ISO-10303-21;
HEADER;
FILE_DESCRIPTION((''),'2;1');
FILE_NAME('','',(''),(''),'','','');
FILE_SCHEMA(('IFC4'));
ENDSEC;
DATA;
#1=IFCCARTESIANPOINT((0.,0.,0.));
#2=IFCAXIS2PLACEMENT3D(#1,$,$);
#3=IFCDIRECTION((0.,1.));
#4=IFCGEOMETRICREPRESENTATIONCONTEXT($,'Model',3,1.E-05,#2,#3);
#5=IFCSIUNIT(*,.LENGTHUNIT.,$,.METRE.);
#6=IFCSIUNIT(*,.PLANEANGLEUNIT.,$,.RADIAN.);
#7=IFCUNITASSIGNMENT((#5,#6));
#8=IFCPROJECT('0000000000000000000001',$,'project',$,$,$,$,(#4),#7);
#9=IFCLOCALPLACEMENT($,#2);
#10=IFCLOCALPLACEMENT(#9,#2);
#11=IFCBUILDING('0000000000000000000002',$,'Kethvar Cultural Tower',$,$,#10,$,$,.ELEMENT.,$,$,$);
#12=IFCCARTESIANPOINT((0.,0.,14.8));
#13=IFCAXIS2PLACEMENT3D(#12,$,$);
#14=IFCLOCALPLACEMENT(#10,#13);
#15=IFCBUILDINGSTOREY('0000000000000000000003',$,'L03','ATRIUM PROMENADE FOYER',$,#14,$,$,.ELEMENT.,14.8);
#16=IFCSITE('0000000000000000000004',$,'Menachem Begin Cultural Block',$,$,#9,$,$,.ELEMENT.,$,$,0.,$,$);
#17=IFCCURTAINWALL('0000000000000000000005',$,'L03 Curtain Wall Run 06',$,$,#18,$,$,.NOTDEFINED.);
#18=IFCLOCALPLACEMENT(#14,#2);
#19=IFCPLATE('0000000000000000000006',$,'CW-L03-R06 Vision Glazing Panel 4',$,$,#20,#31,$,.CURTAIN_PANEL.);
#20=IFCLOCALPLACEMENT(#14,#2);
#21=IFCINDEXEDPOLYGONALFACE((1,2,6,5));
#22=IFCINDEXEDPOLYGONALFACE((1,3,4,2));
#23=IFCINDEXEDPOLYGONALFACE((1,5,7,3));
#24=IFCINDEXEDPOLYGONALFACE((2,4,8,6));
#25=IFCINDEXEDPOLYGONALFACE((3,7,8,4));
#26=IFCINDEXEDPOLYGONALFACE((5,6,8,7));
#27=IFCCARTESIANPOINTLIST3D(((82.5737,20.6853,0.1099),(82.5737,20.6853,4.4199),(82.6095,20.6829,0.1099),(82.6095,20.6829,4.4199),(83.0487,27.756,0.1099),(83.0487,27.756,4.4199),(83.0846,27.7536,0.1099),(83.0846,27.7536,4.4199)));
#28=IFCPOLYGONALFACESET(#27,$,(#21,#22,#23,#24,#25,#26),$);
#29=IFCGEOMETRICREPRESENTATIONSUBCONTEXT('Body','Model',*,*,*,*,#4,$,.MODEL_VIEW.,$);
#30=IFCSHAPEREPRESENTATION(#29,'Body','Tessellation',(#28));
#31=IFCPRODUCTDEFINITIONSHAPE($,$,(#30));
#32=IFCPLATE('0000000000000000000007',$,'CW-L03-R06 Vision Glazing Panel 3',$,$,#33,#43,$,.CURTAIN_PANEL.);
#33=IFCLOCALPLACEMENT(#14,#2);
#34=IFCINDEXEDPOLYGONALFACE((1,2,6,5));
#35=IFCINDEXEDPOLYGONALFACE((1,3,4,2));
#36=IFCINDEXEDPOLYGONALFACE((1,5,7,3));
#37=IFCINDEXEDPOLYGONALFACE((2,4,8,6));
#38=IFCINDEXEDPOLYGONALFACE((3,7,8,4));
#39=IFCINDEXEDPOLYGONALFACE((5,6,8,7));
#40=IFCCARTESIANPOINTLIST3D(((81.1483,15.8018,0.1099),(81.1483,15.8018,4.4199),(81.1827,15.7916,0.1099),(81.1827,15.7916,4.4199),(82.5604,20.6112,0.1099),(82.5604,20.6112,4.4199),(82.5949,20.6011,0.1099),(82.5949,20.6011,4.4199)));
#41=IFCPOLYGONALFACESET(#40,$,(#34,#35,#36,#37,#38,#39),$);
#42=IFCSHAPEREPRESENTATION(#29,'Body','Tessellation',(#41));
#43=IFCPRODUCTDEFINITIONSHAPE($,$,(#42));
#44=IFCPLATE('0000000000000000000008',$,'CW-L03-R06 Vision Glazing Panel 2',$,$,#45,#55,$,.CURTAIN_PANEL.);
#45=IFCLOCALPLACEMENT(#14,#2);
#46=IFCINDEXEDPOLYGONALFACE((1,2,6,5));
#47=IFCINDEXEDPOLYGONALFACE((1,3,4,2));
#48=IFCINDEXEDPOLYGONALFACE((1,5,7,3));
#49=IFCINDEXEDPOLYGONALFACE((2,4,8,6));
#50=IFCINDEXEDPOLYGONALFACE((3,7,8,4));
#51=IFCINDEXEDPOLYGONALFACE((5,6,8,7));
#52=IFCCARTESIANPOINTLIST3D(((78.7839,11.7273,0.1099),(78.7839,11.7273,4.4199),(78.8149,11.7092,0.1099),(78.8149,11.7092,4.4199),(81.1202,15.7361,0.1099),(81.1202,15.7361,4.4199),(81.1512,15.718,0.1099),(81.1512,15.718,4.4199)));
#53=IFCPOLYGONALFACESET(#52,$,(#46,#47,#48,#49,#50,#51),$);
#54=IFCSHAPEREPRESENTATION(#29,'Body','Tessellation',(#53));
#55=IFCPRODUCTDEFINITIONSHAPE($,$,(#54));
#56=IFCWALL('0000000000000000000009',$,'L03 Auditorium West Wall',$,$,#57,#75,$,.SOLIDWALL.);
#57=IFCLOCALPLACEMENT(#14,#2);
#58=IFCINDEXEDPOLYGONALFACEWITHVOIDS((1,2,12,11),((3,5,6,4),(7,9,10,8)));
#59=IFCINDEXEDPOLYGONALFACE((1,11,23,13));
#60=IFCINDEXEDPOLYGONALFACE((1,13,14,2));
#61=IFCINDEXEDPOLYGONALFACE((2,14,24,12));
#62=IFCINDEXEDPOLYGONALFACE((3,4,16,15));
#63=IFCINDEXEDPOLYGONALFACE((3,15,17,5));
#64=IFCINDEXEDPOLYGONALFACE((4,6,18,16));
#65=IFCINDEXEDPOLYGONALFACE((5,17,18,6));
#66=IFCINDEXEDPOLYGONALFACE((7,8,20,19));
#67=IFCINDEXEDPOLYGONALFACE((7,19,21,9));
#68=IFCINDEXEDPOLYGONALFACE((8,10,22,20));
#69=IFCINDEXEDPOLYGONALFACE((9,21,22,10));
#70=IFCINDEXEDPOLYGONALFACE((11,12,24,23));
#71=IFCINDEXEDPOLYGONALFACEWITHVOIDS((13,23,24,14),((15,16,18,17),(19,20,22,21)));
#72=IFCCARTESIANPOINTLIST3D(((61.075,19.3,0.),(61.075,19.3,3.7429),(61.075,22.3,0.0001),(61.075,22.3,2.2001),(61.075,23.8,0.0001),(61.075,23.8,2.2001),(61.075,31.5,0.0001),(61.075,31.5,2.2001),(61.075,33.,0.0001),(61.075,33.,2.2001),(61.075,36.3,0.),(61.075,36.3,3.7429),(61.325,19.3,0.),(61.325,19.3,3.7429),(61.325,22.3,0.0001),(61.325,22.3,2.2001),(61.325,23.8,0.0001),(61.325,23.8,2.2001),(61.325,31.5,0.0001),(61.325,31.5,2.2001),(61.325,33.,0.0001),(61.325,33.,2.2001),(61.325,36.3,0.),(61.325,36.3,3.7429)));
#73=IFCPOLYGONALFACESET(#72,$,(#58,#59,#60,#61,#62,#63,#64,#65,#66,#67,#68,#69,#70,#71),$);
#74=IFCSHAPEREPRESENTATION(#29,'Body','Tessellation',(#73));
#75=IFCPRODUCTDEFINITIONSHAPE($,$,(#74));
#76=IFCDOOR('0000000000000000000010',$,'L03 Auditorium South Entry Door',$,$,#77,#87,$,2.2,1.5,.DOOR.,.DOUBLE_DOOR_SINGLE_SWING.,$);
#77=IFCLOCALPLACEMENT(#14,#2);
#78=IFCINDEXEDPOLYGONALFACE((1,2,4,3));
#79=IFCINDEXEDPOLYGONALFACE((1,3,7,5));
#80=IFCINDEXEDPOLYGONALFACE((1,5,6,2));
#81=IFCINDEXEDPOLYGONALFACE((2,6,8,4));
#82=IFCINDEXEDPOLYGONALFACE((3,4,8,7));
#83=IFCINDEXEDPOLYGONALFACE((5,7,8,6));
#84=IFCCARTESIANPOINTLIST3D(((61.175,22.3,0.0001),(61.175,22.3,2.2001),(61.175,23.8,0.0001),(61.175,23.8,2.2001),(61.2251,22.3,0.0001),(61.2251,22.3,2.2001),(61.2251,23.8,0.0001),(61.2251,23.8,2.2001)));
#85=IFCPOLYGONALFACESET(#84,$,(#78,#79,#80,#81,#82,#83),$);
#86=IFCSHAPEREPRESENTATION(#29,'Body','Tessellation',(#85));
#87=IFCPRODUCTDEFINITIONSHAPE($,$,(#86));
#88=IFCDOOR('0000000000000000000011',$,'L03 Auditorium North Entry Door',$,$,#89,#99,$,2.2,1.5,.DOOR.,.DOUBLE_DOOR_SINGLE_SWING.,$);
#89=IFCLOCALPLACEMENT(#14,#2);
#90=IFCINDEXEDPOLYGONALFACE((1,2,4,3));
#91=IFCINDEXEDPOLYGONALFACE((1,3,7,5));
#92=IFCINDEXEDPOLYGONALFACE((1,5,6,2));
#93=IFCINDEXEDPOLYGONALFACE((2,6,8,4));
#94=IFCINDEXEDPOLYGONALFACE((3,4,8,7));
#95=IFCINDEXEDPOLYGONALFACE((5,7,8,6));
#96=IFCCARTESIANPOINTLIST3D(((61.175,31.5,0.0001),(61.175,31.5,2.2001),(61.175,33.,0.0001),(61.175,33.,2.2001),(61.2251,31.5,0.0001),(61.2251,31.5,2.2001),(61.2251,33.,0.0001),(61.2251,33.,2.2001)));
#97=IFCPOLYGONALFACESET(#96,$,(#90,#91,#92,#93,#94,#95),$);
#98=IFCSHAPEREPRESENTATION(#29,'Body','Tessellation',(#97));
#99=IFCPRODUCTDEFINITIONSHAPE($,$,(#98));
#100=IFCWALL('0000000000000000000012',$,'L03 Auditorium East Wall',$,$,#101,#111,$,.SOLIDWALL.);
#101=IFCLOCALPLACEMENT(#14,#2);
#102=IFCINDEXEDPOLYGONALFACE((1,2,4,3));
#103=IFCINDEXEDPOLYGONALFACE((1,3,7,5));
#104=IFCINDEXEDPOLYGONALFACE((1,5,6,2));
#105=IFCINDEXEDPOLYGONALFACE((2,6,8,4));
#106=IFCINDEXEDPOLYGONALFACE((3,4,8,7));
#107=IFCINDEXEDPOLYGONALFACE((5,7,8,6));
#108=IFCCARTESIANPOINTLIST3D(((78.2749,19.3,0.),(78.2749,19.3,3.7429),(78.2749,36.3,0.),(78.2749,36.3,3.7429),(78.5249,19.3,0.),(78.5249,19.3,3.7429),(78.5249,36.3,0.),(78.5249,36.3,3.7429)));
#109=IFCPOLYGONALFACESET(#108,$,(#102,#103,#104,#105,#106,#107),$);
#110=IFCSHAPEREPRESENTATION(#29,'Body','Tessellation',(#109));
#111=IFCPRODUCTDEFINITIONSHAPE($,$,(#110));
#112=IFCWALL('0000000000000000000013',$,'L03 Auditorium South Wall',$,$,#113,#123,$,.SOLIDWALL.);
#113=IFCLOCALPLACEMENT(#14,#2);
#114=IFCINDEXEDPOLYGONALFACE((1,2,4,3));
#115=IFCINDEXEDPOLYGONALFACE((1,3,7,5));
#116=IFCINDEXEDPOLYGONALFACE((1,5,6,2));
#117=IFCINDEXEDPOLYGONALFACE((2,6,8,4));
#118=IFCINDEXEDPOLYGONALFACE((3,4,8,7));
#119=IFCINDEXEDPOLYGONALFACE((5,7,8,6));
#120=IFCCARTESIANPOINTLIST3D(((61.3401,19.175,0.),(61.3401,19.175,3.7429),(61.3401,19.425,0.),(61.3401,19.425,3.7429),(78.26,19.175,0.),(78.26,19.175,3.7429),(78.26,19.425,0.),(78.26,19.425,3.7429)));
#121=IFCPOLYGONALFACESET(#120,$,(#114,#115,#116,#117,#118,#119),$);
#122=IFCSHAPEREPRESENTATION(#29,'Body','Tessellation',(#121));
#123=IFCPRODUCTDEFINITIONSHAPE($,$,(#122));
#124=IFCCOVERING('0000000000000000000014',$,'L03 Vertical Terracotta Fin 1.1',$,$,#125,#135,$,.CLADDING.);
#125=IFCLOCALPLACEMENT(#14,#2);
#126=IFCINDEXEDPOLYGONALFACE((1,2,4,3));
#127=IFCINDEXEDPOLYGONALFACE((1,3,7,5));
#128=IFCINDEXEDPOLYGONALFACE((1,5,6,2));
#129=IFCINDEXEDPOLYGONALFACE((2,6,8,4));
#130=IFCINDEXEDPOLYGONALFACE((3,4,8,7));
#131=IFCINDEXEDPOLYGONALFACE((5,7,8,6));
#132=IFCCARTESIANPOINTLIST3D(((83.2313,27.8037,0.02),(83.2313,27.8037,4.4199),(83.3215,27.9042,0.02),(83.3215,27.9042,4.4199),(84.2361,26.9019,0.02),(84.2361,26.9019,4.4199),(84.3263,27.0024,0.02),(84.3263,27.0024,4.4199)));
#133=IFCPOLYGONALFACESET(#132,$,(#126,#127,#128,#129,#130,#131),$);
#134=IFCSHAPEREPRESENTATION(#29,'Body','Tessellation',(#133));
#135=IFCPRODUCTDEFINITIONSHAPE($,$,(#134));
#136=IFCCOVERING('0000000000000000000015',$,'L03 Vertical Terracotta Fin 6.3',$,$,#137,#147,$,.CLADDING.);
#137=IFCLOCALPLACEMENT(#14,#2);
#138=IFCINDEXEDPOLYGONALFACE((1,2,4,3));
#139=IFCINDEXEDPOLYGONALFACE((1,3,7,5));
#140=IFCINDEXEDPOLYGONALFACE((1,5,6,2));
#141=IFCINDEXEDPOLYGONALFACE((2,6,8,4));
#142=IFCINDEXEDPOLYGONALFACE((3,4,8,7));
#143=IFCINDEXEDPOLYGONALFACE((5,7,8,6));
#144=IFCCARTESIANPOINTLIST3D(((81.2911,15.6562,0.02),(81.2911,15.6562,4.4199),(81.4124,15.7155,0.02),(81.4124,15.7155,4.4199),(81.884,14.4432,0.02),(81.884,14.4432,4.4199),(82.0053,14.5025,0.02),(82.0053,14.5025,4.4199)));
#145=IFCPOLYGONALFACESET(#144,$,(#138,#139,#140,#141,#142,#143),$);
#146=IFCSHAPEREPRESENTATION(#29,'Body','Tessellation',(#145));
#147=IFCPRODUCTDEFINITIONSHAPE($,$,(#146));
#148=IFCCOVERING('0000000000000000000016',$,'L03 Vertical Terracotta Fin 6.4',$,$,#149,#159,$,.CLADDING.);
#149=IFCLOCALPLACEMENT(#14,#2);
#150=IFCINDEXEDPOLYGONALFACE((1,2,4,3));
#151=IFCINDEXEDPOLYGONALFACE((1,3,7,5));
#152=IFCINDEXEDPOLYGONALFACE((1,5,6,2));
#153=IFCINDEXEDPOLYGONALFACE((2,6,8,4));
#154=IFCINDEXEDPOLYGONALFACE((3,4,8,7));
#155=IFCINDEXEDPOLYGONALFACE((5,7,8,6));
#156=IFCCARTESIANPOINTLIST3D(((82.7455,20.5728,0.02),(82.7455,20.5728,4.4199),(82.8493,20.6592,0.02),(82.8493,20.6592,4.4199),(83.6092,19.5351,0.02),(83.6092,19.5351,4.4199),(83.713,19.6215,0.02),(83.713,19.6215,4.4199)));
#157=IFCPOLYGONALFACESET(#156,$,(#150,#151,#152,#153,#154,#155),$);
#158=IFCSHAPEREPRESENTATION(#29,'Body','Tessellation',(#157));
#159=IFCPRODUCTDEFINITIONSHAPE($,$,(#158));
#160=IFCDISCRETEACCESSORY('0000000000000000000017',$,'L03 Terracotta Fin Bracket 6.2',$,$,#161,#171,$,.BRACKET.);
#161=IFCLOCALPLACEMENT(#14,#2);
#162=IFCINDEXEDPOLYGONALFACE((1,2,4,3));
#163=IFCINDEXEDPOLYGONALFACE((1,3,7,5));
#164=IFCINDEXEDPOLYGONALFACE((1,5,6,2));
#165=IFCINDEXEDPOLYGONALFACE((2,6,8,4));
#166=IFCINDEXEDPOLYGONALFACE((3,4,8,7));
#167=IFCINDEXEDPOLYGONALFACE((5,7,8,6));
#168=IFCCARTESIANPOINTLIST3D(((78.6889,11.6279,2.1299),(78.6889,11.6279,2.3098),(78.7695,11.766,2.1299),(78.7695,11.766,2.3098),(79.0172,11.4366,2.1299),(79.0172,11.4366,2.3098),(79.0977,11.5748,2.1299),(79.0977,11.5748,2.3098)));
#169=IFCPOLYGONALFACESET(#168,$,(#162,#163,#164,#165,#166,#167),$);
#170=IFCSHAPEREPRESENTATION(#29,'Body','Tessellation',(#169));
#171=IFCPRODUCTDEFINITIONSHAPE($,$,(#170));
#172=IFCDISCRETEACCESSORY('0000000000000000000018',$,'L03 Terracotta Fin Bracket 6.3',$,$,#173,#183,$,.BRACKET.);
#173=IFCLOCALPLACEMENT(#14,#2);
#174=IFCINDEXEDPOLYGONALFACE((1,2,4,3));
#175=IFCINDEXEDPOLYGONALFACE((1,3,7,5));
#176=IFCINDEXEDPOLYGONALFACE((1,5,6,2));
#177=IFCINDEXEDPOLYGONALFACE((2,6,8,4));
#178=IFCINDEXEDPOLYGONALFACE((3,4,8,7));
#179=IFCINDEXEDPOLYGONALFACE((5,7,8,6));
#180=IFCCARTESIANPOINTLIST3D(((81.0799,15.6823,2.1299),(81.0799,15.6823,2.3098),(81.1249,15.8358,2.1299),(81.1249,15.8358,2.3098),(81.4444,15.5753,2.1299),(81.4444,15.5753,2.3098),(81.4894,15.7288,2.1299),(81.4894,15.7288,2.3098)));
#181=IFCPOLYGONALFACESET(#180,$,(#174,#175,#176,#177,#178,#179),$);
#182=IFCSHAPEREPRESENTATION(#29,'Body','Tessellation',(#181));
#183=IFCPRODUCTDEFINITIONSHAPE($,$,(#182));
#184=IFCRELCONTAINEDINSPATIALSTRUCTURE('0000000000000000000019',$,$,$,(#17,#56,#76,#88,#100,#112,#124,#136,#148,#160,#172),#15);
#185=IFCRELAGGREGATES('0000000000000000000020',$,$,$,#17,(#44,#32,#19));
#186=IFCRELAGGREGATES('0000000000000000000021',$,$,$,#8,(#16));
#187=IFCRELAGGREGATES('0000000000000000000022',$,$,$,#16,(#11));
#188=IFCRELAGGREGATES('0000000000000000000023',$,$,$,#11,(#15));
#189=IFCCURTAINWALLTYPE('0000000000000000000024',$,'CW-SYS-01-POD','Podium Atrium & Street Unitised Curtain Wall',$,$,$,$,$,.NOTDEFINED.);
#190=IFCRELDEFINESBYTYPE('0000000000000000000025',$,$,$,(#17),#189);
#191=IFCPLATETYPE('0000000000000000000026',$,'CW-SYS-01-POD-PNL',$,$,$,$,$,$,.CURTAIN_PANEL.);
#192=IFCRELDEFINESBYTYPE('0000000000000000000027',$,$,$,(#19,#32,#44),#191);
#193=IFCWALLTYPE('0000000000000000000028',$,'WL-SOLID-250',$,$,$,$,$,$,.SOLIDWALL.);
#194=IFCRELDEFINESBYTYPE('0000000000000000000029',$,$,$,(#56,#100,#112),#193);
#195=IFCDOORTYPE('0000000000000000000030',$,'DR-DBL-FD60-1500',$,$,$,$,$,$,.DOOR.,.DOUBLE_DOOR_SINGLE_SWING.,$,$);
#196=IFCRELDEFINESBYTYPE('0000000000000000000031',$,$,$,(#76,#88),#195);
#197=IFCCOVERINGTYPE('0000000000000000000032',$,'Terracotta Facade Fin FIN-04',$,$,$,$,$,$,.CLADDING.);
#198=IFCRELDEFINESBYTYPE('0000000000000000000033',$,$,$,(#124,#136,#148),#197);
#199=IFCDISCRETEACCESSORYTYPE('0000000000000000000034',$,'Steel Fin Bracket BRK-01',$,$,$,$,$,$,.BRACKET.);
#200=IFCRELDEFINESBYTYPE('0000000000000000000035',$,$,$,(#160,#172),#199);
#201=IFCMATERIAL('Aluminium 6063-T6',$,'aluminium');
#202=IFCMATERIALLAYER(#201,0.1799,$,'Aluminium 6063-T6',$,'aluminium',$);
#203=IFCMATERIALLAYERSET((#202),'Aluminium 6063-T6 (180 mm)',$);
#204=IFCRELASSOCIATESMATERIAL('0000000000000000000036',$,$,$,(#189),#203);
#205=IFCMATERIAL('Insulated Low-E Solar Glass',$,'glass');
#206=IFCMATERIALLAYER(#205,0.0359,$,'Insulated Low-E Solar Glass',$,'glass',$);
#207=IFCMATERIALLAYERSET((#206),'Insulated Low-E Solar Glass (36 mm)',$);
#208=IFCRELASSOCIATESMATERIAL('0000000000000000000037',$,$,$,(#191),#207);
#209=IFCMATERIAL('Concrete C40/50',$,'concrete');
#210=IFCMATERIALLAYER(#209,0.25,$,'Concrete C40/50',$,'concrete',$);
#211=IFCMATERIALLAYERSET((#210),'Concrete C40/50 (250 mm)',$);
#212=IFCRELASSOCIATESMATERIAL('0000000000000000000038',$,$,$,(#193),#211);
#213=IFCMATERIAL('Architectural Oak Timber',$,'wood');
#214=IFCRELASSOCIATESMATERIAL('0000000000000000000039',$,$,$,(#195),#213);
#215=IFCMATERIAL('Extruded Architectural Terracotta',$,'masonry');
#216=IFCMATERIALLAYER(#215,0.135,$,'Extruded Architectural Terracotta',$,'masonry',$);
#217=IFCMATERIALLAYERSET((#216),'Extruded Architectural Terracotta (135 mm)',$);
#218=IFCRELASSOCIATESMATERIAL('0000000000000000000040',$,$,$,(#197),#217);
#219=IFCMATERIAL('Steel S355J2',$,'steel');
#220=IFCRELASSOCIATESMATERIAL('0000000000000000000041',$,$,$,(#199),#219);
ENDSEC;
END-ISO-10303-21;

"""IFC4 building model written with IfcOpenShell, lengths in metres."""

from ifc_helpers import new_model, si_unit, direction, frame, frame_2d, origin, origin_2d, place, context, subcontext, project, spatial, rectangle, extrude, source, transform, mapped, material, layer, layer_set, type_object, element, fill, aggregate, save


model = new_model("IFC4")

# Units and contexts
model_context = context("Model", 3, precision=1e-05, world=origin(), true_north=direction((0.0, 1.0)))
body_context = subcontext(model_context, "Body", "Model", "MODEL_VIEW")
ifc_project = project(units=[si_unit("LENGTHUNIT", "METRE"), si_unit("PLANEANGLEUNIT", "RADIAN")], contexts=[model_context])

# Site, building, storey
site_placement = place(None, origin())
site = spatial("IfcSite", under=ifc_project, at=site_placement, Name="Menachem Begin Cultural Block", CompositionType="ELEMENT", RefElevation=0.0)
building_placement = place(site_placement, origin())
building = spatial("IfcBuilding", under=site, at=building_placement, Name="Kethvar Cultural Tower", CompositionType="ELEMENT")
storey_placement = place(building_placement, frame((0.0, 0.0, 14.8)))
storey = spatial("IfcBuildingStorey", under=building, at=storey_placement, Name="L03", Description="ATRIUM PROMENADE FOYER", CompositionType="ELEMENT", Elevation=14.8)

# Shared definitions
ifc_material_1 = material(Name="Steel S355J2", Category="steel")

# Curtain wall
ifc_material_2 = material(Name="Aluminium 6063-T6", Category="aluminium")
ifc_layer_1 = layer(ifc_material_2, 0.1799, Name="Aluminium 6063-T6", Category="aluminium")
ifc_layer_set_1 = layer_set([ifc_layer_1], Name="Aluminium 6063-T6 (180 mm)")
curtain_wall_type = type_object("IfcCurtainWallType", Name="CW-SYS-01-POD", Description="Podium Atrium & Street Unitised Curtain Wall", PredefinedType="NOTDEFINED", material=ifc_layer_set_1)
curtain_wall_placement = place(storey_placement, origin())
curtain_wall = element("IfcCurtainWall", 1, at=curtain_wall_placement, inside=storey, type_object=curtain_wall_type, Name="L03 Curtain Wall Run 06", PredefinedType="NOTDEFINED")

# Plates
ifc_material_3 = material(Name="Insulated Low-E Solar Glass", Category="glass")
ifc_layer_2 = layer(ifc_material_3, 0.0359, Name="Insulated Low-E Solar Glass", Category="glass")
ifc_layer_set_2 = layer_set([ifc_layer_2], Name="Insulated Low-E Solar Glass (36 mm)")
plate_type_1 = type_object("IfcPlateType", Name="CW-SYS-01-POD-PNL", PredefinedType="CURTAIN_PANEL", material=ifc_layer_set_2)
shared_shape_1 = source(origin(), body_context, "Body", "SweptSolid", [
    extrude(rectangle(XDim=7.0867, YDim=0.0359, at=origin_2d()), origin(), (0.0, 0.0, 1.0), 4.3101),
])
plate_1_placement = place(storey_placement, frame((82.8291, 24.2195, 0.1099), z_axis=(0.0, 0.0, 1.0), x_axis=(0.06704, 0.99775, 0.0)))
plate_1 = element("IfcPlate", 2, at=plate_1_placement, type_object=plate_type_1, Name="CW-L03-R06 Vision Glazing Panel 4", PredefinedType="CURTAIN_PANEL", context=body_context, shape_type="MappedRepresentation", body=[
    mapped(shared_shape_1, transform((0.0, 0.0, 0.0), scale=1.0)),
])
shared_shape_2 = source(origin(), body_context, "Body", "SweptSolid", [
    extrude(rectangle(XDim=5.0125, YDim=0.0359, at=origin_2d()), origin(), (0.0, 0.0, 1.0), 4.3101),
])
plate_2_placement = place(storey_placement, frame((81.8716, 18.2014, 0.1099), z_axis=(0.0, 0.0, 1.0), x_axis=(0.281722, 0.959496, 0.0)))
plate_2 = element("IfcPlate", 3, at=plate_2_placement, type_object=plate_type_1, Name="CW-L03-R06 Vision Glazing Panel 3", PredefinedType="CURTAIN_PANEL", context=body_context, shape_type="MappedRepresentation", body=[
    mapped(shared_shape_2, transform((0.0, 0.0, 0.0), scale=1.0)),
])
shared_shape_3 = source(origin(), body_context, "Body", "SweptSolid", [
    extrude(rectangle(XDim=4.6399, YDim=0.0359, at=origin_2d()), origin(), (0.0, 0.0, 1.0), 4.3101),
])
plate_3_placement = place(storey_placement, frame((79.9675, 13.7227, 0.1099), z_axis=(0.0, 0.0, 1.0), x_axis=(0.503518, 0.863985, 0.0)))
plate_3 = element("IfcPlate", 4, at=plate_3_placement, type_object=plate_type_1, Name="CW-L03-R06 Vision Glazing Panel 2", PredefinedType="CURTAIN_PANEL", context=body_context, shape_type="MappedRepresentation", body=[
    mapped(shared_shape_3, transform((0.0, 0.0, 0.0), scale=1.0)),
])
aggregate(curtain_wall, [plate_3, plate_2, plate_1])

# Wall, openings, doors
ifc_material_4 = material(Name="Concrete C40/50", Category="concrete")
ifc_layer_3 = layer(ifc_material_4, 0.25, Name="Concrete C40/50", Category="concrete")
ifc_layer_set_3 = layer_set([ifc_layer_3], Name="Concrete C40/50 (250 mm)")
wall_type = type_object("IfcWallType", Name="WL-SOLID-250", PredefinedType="SOLIDWALL", material=ifc_layer_set_3)
wall_1_placement = place(storey_placement, frame((61.2, 19.3, 0.0), z_axis=(0.0, 0.0, 1.0), x_axis=(0.0, 1.0, 0.0)))
wall_1 = element("IfcWall", 5, at=wall_1_placement, inside=storey, type_object=wall_type, Name="L03 Auditorium West Wall", PredefinedType="SOLIDWALL", context=body_context, shape_type="SweptSolid", body=[
    extrude(rectangle(XDim=17.0, YDim=0.25, at=frame_2d((8.5, 0.0))), origin(), (0.0, 0.0, 1.0), 3.7429),
])
opening_1_placement = place(wall_1_placement, frame((3.0, 0.0, 0.0)))
opening_1 = element("IfcOpeningElement", 6, at=opening_1_placement, cuts=wall_1, PredefinedType="OPENING", context=body_context, shape_type="SweptSolid", body=[
    extrude(rectangle(XDim=1.5, YDim=2.2, at=frame_2d((0.75, 1.1001))), frame((0.0, 0.135, 0.0), z_axis=(0.0, -1.0, 0.0), x_axis=(1.0, 0.0, 0.0)), (0.0, 0.0, 1.0), 0.27),
])
opening_2_placement = place(wall_1_placement, frame((12.2, 0.0, 0.0)))
opening_2 = element("IfcOpeningElement", 7, at=opening_2_placement, cuts=wall_1, PredefinedType="OPENING", context=body_context, shape_type="SweptSolid", body=[
    extrude(rectangle(XDim=1.5, YDim=2.2, at=frame_2d((0.75, 1.1001))), frame((0.0, 0.135, 0.0), z_axis=(0.0, -1.0, 0.0), x_axis=(1.0, 0.0, 0.0)), (0.0, 0.0, 1.0), 0.27),
])
ifc_material_5 = material(Name="Architectural Oak Timber", Category="wood")
door_type = type_object("IfcDoorType", Name="DR-DBL-FD60-1500", OperationType="DOUBLE_DOOR_SINGLE_SWING", PredefinedType="DOOR", material=ifc_material_5)
shared_shape_4 = source(origin(), body_context, "Body", "SweptSolid", [
    extrude(rectangle(XDim=1.5, YDim=2.2, at=frame_2d((0.75, 1.1001))), frame((0.0, 0.0249, 0.0), z_axis=(0.0, -1.0, 0.0), x_axis=(1.0, 0.0, 0.0)), (0.0, 0.0, 1.0), 0.05),
])
door_1_placement = place(opening_1_placement, origin())
door_1 = element("IfcDoor", 8, at=door_1_placement, inside=storey, type_object=door_type, Name="L03 Auditorium South Entry Door", OperationType="DOUBLE_DOOR_SINGLE_SWING", OverallHeight=2.2, OverallWidth=1.5, PredefinedType="DOOR", context=body_context, shape_type="MappedRepresentation", body=[
    mapped(shared_shape_4, transform((0.0, 0.0, 0.0), scale=1.0)),
])
fill(opening_1, door_1)
door_2_placement = place(opening_2_placement, origin())
door_2 = element("IfcDoor", 9, at=door_2_placement, inside=storey, type_object=door_type, Name="L03 Auditorium North Entry Door", OperationType="DOUBLE_DOOR_SINGLE_SWING", OverallHeight=2.2, OverallWidth=1.5, PredefinedType="DOOR", context=body_context, shape_type="MappedRepresentation", body=[
    mapped(shared_shape_4, transform((0.0, 0.0, 0.0), scale=1.0)),
])
fill(opening_2, door_2)

# Walls
wall_2_placement = place(storey_placement, frame((78.3999, 19.3, 0.0), z_axis=(0.0, 0.0, 1.0), x_axis=(0.0, 1.0, 0.0)))
element("IfcWall", 10, at=wall_2_placement, inside=storey, type_object=wall_type, Name="L03 Auditorium East Wall", PredefinedType="SOLIDWALL", context=body_context, shape_type="SweptSolid", body=[
    extrude(rectangle(XDim=17.0, YDim=0.25, at=frame_2d((8.5, 0.0))), origin(), (0.0, 0.0, 1.0), 3.7429),
])
wall_3_placement = place(storey_placement, frame((61.3401, 19.3, 0.0), z_axis=(0.0, 0.0, 1.0), x_axis=(1.0, 0.0, 0.0)))
element("IfcWall", 11, at=wall_3_placement, inside=storey, type_object=wall_type, Name="L03 Auditorium South Wall", PredefinedType="SOLIDWALL", context=body_context, shape_type="SweptSolid", body=[
    extrude(rectangle(XDim=16.9199, YDim=0.25, at=frame_2d((8.46, 0.0))), origin(), (0.0, 0.0, 1.0), 3.7429),
])

# Coverings
ifc_material_6 = material(Name="Extruded Architectural Terracotta", Category="masonry")
ifc_layer_4 = layer(ifc_material_6, 0.135, Name="Extruded Architectural Terracotta", Category="masonry")
ifc_layer_set_4 = layer_set([ifc_layer_4], Name="Extruded Architectural Terracotta (135 mm)")
covering_type = type_object("IfcCoveringType", Name="Terracotta Facade Fin FIN-04", PredefinedType="CLADDING", material=ifc_layer_set_4)
shared_shape_5 = source(origin(), body_context, "Body", "SweptSolid", [
    extrude(rectangle(XDim=1.3501, YDim=0.135, at=origin_2d()), origin(), (0.0, 0.0, 1.0), 4.3999),
])
for number, where, z_axis, x_axis, name in (
    (12, (83.7788, 27.4031, 0.02), (0.0, 0.0, 1.0), (0.744195, -0.667962, 0.0), "L03 Vertical Terracotta Fin 1.1"),
    (13, (81.6482, 15.0793, 0.02), (0.0, 0.0, 1.0), (0.439155, -0.898411, 0.0), "L03 Vertical Terracotta Fin 6.3"),
    (14, (83.2292, 20.0972, 0.02), (0.0, 0.0, 1.0), (0.639707, -0.768619, 0.0), "L03 Vertical Terracotta Fin 6.4"),
):
    element("IfcCovering", number, at=place(storey_placement, frame(where, z_axis=z_axis, x_axis=x_axis)), inside=storey, type_object=covering_type, Name=name, PredefinedType="CLADDING", context=body_context, shape_type="MappedRepresentation", body=[
        mapped(shared_shape_5, transform((0.0, 0.0, 0.0), scale=1.0)),
    ])

# Discrete accessories
discrete_accessory_type = type_object("IfcDiscreteAccessoryType", Name="Steel Fin Bracket BRK-01", PredefinedType="BRACKET", material=ifc_material_1)
shared_shape_6 = source(origin(), body_context, "Body", "SweptSolid", [
    extrude(rectangle(XDim=0.3799, YDim=0.1599, at=origin_2d()), origin(), (0.0, 0.0, 1.0), 0.1799),
])
for number, where, z_axis, x_axis, name in (
    (15, (78.8933, 11.6013, 2.1299), (0.0, 0.0, 1.0), (0.864011, -0.503472, 0.0), "L03 Terracotta Fin Bracket 6.2"),
    (16, (81.2847, 15.7056, 2.1299), (0.0, 0.0, 1.0), (0.959511, -0.281672, 0.0), "L03 Terracotta Fin Bracket 6.3"),
):
    element("IfcDiscreteAccessory", number, at=place(storey_placement, frame(where, z_axis=z_axis, x_axis=x_axis)), inside=storey, type_object=discrete_accessory_type, Name=name, PredefinedType="BRACKET", context=body_context, shape_type="MappedRepresentation", body=[
        mapped(shared_shape_6, transform((0.0, 0.0, 0.0), scale=1.0)),
    ])

save(model, "model.ifc")
